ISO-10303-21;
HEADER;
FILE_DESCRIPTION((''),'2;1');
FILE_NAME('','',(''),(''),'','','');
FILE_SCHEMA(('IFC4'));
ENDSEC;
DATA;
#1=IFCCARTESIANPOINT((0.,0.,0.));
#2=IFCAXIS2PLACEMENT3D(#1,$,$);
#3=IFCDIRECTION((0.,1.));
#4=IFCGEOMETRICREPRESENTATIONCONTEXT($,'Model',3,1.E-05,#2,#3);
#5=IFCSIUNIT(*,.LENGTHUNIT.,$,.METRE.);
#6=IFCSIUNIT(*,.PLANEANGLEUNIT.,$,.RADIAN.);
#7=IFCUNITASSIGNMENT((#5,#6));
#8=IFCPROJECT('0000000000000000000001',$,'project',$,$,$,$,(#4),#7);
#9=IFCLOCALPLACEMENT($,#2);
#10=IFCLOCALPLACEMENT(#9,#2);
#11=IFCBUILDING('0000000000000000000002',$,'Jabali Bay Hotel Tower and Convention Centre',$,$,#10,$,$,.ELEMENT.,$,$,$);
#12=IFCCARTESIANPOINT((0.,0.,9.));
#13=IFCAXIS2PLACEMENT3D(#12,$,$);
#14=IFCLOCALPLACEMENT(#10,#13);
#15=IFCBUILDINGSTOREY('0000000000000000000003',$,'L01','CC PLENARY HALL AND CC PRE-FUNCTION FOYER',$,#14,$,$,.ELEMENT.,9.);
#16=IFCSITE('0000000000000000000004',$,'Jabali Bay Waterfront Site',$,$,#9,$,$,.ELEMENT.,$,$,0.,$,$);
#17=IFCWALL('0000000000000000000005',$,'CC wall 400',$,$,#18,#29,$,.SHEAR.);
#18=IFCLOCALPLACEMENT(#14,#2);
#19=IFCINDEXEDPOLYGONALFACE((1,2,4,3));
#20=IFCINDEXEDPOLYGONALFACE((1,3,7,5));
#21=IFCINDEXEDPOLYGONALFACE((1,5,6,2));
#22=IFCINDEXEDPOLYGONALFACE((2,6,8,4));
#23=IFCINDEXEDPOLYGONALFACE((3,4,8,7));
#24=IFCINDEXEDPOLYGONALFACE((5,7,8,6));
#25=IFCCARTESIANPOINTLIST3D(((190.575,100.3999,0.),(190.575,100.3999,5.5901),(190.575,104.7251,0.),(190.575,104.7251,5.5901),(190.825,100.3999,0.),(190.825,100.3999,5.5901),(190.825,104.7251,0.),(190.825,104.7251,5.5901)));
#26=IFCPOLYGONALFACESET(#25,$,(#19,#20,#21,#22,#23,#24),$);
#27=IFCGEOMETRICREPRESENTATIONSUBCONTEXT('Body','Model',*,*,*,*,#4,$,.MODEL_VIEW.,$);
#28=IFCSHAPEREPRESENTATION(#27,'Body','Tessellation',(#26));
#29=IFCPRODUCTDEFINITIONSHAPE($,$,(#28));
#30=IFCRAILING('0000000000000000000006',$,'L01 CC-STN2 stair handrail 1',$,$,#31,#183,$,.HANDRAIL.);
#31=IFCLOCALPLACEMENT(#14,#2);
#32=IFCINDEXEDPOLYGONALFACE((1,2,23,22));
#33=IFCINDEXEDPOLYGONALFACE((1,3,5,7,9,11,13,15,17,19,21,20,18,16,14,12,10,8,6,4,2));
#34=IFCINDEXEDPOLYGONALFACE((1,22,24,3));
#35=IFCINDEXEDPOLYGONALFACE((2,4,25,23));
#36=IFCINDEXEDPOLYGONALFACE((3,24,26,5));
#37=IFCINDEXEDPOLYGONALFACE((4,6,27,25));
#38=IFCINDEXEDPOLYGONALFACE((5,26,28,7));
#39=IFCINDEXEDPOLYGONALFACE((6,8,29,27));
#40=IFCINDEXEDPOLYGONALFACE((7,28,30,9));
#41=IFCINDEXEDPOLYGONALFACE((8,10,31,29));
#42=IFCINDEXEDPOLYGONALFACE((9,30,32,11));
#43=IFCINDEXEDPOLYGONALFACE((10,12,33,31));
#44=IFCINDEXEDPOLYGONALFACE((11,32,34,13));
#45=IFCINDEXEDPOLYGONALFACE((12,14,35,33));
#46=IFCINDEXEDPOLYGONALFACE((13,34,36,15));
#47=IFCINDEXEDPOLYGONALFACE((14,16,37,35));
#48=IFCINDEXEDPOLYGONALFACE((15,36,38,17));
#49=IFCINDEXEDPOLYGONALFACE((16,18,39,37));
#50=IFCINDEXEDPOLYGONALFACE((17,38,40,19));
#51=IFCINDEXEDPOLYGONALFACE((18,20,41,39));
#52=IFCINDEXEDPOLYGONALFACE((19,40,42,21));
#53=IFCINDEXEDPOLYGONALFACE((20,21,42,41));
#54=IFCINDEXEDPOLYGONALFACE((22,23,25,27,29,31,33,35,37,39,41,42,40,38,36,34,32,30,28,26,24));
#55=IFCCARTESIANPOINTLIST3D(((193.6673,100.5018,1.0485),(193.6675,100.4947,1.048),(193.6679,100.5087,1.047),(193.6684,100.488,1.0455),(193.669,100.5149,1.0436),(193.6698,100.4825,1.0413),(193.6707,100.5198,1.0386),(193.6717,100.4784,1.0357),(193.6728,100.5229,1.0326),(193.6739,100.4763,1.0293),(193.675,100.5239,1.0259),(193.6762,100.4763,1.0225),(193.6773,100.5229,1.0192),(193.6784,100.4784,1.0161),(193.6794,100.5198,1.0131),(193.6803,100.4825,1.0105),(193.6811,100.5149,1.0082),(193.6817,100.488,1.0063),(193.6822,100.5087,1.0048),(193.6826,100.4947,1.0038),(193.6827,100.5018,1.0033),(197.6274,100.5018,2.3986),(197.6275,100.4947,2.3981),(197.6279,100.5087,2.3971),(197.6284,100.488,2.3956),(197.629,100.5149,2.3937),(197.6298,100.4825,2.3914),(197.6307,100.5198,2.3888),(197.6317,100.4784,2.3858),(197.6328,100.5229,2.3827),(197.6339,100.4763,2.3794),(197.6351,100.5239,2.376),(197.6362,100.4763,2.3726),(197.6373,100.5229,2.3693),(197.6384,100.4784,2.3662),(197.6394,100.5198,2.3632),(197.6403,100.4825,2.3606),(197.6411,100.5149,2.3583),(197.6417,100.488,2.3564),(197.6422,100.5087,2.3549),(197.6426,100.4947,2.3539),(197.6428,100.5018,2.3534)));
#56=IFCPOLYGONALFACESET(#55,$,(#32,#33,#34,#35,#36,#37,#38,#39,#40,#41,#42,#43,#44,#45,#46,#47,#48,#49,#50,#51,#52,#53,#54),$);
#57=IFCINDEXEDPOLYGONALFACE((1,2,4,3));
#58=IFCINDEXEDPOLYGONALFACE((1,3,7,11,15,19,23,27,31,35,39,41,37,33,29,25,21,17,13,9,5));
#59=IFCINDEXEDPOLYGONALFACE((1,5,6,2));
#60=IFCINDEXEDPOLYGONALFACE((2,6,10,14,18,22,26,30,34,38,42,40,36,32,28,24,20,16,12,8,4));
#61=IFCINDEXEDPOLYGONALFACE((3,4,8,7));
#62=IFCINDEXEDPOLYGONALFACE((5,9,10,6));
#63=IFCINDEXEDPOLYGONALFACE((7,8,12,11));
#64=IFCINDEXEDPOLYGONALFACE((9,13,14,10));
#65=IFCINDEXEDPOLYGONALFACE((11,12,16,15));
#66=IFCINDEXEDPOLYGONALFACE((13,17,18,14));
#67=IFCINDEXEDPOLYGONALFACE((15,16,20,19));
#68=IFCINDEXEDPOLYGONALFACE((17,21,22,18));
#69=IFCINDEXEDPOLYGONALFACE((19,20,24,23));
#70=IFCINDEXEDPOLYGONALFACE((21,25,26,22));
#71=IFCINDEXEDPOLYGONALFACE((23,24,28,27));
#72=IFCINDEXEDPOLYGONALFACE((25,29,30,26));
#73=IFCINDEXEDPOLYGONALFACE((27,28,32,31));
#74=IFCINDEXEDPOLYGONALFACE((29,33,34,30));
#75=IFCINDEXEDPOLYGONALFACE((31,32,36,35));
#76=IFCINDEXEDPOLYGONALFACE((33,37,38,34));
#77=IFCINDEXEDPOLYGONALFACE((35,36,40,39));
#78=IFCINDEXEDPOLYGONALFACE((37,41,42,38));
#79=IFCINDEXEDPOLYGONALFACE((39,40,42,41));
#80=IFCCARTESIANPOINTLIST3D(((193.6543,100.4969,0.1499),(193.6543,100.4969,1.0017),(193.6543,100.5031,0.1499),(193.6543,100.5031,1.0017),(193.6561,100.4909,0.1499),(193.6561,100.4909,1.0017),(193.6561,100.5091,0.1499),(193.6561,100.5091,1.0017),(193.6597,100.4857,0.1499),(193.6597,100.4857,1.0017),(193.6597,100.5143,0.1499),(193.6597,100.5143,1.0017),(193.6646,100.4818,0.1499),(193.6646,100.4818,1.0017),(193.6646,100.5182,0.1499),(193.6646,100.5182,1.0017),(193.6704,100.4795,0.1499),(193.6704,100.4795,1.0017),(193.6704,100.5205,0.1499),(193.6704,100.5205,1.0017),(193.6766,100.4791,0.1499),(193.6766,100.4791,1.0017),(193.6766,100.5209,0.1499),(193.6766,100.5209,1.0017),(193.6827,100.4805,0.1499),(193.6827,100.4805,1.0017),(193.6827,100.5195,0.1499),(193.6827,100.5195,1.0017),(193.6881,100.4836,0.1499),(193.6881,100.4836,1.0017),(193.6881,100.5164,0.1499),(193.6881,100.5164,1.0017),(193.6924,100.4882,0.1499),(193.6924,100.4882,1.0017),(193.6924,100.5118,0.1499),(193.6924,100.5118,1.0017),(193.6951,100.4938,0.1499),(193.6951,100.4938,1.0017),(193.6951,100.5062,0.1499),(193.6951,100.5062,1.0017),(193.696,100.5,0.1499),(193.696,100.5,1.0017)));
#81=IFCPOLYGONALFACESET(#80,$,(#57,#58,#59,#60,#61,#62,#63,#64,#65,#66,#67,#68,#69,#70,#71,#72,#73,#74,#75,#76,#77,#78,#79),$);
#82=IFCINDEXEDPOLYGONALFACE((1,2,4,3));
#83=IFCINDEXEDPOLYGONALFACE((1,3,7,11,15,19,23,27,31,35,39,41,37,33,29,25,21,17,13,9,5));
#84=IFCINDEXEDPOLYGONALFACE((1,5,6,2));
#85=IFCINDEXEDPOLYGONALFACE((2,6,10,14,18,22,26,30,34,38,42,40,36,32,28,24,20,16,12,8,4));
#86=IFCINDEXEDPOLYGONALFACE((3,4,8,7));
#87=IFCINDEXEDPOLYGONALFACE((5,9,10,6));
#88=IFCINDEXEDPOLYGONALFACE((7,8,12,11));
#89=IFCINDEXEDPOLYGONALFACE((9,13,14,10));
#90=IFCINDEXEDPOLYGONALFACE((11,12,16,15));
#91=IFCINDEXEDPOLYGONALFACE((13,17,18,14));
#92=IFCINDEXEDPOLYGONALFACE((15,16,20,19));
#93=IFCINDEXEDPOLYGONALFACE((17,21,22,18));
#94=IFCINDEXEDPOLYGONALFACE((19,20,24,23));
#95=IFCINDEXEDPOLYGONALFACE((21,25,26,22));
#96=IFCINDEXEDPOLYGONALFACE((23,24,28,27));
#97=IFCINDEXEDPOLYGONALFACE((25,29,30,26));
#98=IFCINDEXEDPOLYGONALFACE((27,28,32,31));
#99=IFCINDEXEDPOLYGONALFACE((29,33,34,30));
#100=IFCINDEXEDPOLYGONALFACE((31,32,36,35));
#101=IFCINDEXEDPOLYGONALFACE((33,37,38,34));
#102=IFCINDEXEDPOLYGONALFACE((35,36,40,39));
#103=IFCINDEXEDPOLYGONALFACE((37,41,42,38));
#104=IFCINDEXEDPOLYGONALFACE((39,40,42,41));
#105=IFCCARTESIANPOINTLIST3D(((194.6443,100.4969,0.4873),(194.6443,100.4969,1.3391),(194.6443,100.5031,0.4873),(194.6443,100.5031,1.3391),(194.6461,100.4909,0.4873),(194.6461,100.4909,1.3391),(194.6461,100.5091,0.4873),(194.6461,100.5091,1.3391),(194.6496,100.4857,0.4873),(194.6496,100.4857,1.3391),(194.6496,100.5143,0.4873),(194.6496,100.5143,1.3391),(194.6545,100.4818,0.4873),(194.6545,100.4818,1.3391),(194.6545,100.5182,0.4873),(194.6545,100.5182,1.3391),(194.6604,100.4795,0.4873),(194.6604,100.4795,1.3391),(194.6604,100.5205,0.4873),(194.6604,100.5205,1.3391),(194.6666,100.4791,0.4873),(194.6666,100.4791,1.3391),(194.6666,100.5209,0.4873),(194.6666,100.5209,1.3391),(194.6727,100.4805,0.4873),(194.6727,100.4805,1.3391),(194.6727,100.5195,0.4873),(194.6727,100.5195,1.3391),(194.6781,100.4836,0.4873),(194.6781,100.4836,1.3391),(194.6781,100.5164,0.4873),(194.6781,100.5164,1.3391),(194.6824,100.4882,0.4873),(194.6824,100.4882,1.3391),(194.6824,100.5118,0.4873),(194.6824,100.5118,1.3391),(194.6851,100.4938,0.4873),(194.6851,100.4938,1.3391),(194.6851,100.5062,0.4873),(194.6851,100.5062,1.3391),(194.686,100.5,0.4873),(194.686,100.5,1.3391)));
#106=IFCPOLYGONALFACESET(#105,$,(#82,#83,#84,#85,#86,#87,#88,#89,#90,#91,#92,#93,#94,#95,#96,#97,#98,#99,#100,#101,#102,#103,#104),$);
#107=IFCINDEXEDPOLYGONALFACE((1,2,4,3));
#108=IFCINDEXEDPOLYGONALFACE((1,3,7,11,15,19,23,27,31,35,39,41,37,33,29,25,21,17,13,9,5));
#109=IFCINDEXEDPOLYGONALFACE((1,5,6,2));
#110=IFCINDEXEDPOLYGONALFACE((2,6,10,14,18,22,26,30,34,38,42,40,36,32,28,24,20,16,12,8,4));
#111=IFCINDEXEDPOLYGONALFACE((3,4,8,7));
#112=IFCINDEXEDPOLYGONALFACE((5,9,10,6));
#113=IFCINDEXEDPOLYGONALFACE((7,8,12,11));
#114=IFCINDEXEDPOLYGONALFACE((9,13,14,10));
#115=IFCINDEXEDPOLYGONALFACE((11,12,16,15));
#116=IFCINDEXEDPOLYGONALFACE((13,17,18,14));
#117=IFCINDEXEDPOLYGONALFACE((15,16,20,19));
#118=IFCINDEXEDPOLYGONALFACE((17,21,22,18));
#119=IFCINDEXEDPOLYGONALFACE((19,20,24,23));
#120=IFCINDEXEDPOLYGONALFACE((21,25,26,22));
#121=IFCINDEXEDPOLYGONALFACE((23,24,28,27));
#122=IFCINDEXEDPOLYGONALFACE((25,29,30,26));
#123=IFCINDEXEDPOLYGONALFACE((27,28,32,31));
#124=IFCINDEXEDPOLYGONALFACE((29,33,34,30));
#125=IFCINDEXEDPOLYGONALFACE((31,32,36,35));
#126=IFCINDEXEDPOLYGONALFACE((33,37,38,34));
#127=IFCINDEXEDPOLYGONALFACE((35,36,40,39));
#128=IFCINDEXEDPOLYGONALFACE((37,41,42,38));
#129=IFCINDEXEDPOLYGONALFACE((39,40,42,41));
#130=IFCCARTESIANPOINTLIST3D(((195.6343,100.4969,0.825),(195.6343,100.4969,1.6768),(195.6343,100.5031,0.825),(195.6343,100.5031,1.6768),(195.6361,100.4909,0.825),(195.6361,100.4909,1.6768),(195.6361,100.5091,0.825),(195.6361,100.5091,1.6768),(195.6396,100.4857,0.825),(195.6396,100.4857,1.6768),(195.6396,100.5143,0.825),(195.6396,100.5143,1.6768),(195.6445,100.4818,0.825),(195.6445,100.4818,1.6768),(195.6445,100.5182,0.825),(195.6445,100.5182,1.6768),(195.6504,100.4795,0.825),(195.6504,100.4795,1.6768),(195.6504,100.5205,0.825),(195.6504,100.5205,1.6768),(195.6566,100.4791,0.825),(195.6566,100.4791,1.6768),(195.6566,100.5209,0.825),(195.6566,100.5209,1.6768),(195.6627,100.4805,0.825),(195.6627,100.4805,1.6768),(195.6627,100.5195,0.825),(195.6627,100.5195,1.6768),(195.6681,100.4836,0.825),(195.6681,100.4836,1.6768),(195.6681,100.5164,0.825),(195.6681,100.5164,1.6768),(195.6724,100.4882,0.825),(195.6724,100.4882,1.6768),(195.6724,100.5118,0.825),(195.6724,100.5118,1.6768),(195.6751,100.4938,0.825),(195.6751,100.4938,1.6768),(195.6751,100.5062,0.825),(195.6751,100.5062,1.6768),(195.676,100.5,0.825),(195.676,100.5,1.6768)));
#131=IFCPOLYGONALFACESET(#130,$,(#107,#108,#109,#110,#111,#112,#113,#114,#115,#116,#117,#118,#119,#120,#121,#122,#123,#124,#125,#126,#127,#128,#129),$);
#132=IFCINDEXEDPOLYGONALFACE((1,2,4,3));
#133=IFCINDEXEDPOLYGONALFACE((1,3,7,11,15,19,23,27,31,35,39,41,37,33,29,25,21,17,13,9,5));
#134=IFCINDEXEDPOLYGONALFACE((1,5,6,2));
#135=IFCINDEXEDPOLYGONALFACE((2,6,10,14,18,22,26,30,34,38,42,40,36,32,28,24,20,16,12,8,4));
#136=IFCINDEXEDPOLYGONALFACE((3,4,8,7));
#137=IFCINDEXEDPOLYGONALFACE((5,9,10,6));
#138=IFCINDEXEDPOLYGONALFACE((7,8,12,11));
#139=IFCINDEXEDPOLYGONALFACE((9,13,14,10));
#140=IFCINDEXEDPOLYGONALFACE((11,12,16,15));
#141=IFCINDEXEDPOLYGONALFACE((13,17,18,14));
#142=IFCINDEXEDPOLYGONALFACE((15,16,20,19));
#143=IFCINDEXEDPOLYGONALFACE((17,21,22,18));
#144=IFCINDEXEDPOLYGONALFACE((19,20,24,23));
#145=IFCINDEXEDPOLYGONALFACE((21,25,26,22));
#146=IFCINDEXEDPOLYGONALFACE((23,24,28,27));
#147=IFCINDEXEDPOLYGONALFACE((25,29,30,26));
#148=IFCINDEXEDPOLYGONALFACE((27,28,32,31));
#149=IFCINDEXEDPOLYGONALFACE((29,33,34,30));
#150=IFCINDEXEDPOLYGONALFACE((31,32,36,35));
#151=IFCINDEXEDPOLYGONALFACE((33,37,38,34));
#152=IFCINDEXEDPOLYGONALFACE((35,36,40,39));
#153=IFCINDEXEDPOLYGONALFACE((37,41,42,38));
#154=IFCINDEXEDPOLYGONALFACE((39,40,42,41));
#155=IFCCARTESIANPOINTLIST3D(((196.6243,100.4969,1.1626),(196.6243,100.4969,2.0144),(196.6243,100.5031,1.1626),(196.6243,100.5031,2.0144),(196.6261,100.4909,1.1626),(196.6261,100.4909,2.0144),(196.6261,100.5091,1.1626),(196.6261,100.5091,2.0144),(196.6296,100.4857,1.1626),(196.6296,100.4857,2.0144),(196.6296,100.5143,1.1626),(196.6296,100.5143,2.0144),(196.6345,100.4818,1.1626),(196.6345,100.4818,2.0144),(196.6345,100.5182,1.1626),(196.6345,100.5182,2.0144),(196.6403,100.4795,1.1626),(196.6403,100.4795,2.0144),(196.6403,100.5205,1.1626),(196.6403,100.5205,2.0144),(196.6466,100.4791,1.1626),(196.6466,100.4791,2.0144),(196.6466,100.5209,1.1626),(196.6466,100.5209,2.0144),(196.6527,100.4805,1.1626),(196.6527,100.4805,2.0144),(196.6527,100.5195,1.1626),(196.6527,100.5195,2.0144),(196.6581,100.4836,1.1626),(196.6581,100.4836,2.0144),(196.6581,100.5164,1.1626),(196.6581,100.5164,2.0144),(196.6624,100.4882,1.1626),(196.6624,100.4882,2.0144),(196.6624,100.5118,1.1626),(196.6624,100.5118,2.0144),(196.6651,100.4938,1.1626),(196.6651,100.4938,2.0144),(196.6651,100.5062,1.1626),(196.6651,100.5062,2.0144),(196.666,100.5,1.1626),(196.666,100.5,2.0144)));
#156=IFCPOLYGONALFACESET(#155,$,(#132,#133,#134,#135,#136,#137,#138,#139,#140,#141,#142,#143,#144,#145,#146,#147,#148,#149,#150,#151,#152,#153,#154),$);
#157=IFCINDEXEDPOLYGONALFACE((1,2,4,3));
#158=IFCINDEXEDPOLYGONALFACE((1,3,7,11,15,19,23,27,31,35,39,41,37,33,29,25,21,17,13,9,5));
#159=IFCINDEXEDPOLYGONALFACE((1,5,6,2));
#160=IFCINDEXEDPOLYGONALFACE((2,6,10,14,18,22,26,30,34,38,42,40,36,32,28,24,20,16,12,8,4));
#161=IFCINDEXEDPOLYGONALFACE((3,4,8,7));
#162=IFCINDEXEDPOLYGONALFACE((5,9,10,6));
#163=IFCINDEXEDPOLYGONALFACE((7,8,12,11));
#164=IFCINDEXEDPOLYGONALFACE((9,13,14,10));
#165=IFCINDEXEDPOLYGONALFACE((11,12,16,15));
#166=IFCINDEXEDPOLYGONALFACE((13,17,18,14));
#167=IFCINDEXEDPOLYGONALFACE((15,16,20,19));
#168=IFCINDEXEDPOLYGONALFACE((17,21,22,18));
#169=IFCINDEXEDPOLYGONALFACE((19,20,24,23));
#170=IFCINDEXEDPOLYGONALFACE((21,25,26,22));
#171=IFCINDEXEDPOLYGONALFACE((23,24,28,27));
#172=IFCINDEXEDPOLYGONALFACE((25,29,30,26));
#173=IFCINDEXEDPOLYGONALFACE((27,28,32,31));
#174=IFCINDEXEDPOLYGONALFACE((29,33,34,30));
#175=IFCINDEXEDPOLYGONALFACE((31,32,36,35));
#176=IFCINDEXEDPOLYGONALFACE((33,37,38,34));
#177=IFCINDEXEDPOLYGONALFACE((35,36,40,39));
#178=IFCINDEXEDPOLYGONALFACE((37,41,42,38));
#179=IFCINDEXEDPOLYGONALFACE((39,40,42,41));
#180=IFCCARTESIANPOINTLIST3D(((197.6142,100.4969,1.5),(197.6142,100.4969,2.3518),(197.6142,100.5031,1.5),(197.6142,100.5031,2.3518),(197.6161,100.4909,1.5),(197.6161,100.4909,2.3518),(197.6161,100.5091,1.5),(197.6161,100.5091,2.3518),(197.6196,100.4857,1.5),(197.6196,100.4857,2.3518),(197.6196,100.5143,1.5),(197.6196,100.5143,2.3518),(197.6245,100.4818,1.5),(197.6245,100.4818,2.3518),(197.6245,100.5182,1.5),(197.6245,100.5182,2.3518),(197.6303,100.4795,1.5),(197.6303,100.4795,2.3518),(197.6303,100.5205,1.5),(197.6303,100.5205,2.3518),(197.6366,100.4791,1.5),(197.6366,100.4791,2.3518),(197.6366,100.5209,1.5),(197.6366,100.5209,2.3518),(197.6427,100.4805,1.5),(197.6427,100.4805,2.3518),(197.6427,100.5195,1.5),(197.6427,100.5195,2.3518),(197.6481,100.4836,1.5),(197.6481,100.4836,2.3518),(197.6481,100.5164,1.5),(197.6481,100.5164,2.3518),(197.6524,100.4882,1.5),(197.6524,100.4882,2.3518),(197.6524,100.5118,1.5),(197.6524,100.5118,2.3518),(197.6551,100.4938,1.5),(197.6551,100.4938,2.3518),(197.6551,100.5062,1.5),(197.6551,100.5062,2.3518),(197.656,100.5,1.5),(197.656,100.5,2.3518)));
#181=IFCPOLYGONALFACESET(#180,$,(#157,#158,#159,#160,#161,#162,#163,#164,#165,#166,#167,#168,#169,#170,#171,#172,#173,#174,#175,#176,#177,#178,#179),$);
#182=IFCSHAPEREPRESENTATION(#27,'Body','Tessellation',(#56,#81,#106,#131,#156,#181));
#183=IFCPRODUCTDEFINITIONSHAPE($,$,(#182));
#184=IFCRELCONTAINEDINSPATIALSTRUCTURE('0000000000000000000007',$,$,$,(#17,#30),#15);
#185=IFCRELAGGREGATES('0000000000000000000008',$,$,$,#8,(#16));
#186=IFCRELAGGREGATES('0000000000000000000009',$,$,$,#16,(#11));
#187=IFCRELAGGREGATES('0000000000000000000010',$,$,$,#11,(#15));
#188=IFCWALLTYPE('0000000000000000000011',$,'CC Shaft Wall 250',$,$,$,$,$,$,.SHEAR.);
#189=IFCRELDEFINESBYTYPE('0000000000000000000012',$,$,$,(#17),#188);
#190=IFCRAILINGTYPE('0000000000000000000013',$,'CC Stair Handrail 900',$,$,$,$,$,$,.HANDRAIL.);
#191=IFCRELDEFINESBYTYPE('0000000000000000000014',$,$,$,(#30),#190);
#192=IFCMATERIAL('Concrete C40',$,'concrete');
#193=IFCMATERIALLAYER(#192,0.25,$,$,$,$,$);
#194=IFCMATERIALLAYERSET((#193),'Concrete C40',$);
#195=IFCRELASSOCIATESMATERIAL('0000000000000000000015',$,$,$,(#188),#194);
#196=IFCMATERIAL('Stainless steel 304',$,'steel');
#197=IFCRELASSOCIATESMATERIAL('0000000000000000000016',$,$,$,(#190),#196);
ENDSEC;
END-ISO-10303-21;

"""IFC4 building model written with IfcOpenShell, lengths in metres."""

from ifc_helpers import new_model, si_unit, direction, frame, frame_2d, origin, origin_2d, place, context, subcontext, project, spatial, rectangle, circle, extrude, material, layer, layer_set, type_object, element, save


model = new_model("IFC4")

# Units and contexts
model_context = context("Model", 3, precision=1e-05, world=origin(), true_north=direction((0.0, 1.0)))
body_context = subcontext(model_context, "Body", "Model", "MODEL_VIEW")
ifc_project = project(units=[si_unit("LENGTHUNIT", "METRE"), si_unit("PLANEANGLEUNIT", "RADIAN")], contexts=[model_context])

# Site, building, storey
site_placement = place(None, origin())
site = spatial("IfcSite", under=ifc_project, at=site_placement, Name="Jabali Bay Waterfront Site", CompositionType="ELEMENT", RefElevation=0.0)
building_placement = place(site_placement, origin())
building = spatial("IfcBuilding", under=site, at=building_placement, Name="Jabali Bay Hotel Tower and Convention Centre", CompositionType="ELEMENT")
storey_placement = place(building_placement, frame((0.0, 0.0, 9.0)))
storey = spatial("IfcBuildingStorey", under=building, at=storey_placement, Name="L01", Description="CC PLENARY HALL AND CC PRE-FUNCTION FOYER", CompositionType="ELEMENT", Elevation=9.0)

# Wall
ifc_material_1 = material(Name="Concrete C40", Category="concrete")
ifc_layer_1 = layer(ifc_material_1, 0.25)
ifc_layer_set_1 = layer_set([ifc_layer_1], Name="Concrete C40")
wall_type_1 = type_object("IfcWallType", Name="CC Shaft Wall 250", PredefinedType="SHEAR", material=ifc_layer_set_1)
wall_1_placement = place(storey_placement, frame((190.7, 100.3999, 0.0), z_axis=(0.0, 0.0, 1.0), x_axis=(0.0, 1.0, 0.0)))
element("IfcWall", 1, at=wall_1_placement, inside=storey, type_object=wall_type_1, Name="CC wall 400", PredefinedType="SHEAR", context=body_context, shape_type="SweptSolid", body=[
    extrude(rectangle(XDim=4.3252, YDim=0.25, at=frame_2d((2.1626, 0.0))), origin(), (0.0, 0.0, 1.0), 5.5901),
])

# Railing
ifc_material_2 = material(Name="Stainless steel 304", Category="steel")
railing_type = type_object("IfcRailingType", Name="CC Stair Handrail 900", PredefinedType="HANDRAIL", material=ifc_material_2)
for number, where, name in (
    (2, (193.675, 100.5, 0.1499), "L01 CC-STN2 stair handrail 1"),
):
    element("IfcRailing", number, at=place(storey_placement, frame(where)), inside=storey, type_object=railing_type, Name=name, PredefinedType="HANDRAIL", context=body_context, shape_type="SweptSolid", body=[
        extrude(circle(Radius=0.0239, at=origin_2d()), frame((0.0, 0.0, 0.876), z_axis=(0.946502, 0.0, 0.322698), x_axis=(0.0, 1.0, 0.0)), (0.0, 0.0, 1.0), 4.1838),
        extrude(circle(Radius=0.021, at=origin_2d()), origin(), (0.0, 0.0, 1.0), 0.8518),
        extrude(circle(Radius=0.021, at=origin_2d()), frame((0.99, 0.0, 0.3374)), (0.0, 0.0, 1.0), 0.8518),
        extrude(circle(Radius=0.021, at=origin_2d()), frame((1.98, 0.0, 0.675)), (0.0, 0.0, 1.0), 0.8518),
        extrude(circle(Radius=0.021, at=origin_2d()), frame((2.97, 0.0, 1.0127)), (0.0, 0.0, 1.0), 0.8518),
        extrude(circle(Radius=0.021, at=origin_2d()), frame((3.96, 0.0, 1.3501)), (0.0, 0.0, 1.0), 0.8518),
    ])

save(model, "model.ifc")
